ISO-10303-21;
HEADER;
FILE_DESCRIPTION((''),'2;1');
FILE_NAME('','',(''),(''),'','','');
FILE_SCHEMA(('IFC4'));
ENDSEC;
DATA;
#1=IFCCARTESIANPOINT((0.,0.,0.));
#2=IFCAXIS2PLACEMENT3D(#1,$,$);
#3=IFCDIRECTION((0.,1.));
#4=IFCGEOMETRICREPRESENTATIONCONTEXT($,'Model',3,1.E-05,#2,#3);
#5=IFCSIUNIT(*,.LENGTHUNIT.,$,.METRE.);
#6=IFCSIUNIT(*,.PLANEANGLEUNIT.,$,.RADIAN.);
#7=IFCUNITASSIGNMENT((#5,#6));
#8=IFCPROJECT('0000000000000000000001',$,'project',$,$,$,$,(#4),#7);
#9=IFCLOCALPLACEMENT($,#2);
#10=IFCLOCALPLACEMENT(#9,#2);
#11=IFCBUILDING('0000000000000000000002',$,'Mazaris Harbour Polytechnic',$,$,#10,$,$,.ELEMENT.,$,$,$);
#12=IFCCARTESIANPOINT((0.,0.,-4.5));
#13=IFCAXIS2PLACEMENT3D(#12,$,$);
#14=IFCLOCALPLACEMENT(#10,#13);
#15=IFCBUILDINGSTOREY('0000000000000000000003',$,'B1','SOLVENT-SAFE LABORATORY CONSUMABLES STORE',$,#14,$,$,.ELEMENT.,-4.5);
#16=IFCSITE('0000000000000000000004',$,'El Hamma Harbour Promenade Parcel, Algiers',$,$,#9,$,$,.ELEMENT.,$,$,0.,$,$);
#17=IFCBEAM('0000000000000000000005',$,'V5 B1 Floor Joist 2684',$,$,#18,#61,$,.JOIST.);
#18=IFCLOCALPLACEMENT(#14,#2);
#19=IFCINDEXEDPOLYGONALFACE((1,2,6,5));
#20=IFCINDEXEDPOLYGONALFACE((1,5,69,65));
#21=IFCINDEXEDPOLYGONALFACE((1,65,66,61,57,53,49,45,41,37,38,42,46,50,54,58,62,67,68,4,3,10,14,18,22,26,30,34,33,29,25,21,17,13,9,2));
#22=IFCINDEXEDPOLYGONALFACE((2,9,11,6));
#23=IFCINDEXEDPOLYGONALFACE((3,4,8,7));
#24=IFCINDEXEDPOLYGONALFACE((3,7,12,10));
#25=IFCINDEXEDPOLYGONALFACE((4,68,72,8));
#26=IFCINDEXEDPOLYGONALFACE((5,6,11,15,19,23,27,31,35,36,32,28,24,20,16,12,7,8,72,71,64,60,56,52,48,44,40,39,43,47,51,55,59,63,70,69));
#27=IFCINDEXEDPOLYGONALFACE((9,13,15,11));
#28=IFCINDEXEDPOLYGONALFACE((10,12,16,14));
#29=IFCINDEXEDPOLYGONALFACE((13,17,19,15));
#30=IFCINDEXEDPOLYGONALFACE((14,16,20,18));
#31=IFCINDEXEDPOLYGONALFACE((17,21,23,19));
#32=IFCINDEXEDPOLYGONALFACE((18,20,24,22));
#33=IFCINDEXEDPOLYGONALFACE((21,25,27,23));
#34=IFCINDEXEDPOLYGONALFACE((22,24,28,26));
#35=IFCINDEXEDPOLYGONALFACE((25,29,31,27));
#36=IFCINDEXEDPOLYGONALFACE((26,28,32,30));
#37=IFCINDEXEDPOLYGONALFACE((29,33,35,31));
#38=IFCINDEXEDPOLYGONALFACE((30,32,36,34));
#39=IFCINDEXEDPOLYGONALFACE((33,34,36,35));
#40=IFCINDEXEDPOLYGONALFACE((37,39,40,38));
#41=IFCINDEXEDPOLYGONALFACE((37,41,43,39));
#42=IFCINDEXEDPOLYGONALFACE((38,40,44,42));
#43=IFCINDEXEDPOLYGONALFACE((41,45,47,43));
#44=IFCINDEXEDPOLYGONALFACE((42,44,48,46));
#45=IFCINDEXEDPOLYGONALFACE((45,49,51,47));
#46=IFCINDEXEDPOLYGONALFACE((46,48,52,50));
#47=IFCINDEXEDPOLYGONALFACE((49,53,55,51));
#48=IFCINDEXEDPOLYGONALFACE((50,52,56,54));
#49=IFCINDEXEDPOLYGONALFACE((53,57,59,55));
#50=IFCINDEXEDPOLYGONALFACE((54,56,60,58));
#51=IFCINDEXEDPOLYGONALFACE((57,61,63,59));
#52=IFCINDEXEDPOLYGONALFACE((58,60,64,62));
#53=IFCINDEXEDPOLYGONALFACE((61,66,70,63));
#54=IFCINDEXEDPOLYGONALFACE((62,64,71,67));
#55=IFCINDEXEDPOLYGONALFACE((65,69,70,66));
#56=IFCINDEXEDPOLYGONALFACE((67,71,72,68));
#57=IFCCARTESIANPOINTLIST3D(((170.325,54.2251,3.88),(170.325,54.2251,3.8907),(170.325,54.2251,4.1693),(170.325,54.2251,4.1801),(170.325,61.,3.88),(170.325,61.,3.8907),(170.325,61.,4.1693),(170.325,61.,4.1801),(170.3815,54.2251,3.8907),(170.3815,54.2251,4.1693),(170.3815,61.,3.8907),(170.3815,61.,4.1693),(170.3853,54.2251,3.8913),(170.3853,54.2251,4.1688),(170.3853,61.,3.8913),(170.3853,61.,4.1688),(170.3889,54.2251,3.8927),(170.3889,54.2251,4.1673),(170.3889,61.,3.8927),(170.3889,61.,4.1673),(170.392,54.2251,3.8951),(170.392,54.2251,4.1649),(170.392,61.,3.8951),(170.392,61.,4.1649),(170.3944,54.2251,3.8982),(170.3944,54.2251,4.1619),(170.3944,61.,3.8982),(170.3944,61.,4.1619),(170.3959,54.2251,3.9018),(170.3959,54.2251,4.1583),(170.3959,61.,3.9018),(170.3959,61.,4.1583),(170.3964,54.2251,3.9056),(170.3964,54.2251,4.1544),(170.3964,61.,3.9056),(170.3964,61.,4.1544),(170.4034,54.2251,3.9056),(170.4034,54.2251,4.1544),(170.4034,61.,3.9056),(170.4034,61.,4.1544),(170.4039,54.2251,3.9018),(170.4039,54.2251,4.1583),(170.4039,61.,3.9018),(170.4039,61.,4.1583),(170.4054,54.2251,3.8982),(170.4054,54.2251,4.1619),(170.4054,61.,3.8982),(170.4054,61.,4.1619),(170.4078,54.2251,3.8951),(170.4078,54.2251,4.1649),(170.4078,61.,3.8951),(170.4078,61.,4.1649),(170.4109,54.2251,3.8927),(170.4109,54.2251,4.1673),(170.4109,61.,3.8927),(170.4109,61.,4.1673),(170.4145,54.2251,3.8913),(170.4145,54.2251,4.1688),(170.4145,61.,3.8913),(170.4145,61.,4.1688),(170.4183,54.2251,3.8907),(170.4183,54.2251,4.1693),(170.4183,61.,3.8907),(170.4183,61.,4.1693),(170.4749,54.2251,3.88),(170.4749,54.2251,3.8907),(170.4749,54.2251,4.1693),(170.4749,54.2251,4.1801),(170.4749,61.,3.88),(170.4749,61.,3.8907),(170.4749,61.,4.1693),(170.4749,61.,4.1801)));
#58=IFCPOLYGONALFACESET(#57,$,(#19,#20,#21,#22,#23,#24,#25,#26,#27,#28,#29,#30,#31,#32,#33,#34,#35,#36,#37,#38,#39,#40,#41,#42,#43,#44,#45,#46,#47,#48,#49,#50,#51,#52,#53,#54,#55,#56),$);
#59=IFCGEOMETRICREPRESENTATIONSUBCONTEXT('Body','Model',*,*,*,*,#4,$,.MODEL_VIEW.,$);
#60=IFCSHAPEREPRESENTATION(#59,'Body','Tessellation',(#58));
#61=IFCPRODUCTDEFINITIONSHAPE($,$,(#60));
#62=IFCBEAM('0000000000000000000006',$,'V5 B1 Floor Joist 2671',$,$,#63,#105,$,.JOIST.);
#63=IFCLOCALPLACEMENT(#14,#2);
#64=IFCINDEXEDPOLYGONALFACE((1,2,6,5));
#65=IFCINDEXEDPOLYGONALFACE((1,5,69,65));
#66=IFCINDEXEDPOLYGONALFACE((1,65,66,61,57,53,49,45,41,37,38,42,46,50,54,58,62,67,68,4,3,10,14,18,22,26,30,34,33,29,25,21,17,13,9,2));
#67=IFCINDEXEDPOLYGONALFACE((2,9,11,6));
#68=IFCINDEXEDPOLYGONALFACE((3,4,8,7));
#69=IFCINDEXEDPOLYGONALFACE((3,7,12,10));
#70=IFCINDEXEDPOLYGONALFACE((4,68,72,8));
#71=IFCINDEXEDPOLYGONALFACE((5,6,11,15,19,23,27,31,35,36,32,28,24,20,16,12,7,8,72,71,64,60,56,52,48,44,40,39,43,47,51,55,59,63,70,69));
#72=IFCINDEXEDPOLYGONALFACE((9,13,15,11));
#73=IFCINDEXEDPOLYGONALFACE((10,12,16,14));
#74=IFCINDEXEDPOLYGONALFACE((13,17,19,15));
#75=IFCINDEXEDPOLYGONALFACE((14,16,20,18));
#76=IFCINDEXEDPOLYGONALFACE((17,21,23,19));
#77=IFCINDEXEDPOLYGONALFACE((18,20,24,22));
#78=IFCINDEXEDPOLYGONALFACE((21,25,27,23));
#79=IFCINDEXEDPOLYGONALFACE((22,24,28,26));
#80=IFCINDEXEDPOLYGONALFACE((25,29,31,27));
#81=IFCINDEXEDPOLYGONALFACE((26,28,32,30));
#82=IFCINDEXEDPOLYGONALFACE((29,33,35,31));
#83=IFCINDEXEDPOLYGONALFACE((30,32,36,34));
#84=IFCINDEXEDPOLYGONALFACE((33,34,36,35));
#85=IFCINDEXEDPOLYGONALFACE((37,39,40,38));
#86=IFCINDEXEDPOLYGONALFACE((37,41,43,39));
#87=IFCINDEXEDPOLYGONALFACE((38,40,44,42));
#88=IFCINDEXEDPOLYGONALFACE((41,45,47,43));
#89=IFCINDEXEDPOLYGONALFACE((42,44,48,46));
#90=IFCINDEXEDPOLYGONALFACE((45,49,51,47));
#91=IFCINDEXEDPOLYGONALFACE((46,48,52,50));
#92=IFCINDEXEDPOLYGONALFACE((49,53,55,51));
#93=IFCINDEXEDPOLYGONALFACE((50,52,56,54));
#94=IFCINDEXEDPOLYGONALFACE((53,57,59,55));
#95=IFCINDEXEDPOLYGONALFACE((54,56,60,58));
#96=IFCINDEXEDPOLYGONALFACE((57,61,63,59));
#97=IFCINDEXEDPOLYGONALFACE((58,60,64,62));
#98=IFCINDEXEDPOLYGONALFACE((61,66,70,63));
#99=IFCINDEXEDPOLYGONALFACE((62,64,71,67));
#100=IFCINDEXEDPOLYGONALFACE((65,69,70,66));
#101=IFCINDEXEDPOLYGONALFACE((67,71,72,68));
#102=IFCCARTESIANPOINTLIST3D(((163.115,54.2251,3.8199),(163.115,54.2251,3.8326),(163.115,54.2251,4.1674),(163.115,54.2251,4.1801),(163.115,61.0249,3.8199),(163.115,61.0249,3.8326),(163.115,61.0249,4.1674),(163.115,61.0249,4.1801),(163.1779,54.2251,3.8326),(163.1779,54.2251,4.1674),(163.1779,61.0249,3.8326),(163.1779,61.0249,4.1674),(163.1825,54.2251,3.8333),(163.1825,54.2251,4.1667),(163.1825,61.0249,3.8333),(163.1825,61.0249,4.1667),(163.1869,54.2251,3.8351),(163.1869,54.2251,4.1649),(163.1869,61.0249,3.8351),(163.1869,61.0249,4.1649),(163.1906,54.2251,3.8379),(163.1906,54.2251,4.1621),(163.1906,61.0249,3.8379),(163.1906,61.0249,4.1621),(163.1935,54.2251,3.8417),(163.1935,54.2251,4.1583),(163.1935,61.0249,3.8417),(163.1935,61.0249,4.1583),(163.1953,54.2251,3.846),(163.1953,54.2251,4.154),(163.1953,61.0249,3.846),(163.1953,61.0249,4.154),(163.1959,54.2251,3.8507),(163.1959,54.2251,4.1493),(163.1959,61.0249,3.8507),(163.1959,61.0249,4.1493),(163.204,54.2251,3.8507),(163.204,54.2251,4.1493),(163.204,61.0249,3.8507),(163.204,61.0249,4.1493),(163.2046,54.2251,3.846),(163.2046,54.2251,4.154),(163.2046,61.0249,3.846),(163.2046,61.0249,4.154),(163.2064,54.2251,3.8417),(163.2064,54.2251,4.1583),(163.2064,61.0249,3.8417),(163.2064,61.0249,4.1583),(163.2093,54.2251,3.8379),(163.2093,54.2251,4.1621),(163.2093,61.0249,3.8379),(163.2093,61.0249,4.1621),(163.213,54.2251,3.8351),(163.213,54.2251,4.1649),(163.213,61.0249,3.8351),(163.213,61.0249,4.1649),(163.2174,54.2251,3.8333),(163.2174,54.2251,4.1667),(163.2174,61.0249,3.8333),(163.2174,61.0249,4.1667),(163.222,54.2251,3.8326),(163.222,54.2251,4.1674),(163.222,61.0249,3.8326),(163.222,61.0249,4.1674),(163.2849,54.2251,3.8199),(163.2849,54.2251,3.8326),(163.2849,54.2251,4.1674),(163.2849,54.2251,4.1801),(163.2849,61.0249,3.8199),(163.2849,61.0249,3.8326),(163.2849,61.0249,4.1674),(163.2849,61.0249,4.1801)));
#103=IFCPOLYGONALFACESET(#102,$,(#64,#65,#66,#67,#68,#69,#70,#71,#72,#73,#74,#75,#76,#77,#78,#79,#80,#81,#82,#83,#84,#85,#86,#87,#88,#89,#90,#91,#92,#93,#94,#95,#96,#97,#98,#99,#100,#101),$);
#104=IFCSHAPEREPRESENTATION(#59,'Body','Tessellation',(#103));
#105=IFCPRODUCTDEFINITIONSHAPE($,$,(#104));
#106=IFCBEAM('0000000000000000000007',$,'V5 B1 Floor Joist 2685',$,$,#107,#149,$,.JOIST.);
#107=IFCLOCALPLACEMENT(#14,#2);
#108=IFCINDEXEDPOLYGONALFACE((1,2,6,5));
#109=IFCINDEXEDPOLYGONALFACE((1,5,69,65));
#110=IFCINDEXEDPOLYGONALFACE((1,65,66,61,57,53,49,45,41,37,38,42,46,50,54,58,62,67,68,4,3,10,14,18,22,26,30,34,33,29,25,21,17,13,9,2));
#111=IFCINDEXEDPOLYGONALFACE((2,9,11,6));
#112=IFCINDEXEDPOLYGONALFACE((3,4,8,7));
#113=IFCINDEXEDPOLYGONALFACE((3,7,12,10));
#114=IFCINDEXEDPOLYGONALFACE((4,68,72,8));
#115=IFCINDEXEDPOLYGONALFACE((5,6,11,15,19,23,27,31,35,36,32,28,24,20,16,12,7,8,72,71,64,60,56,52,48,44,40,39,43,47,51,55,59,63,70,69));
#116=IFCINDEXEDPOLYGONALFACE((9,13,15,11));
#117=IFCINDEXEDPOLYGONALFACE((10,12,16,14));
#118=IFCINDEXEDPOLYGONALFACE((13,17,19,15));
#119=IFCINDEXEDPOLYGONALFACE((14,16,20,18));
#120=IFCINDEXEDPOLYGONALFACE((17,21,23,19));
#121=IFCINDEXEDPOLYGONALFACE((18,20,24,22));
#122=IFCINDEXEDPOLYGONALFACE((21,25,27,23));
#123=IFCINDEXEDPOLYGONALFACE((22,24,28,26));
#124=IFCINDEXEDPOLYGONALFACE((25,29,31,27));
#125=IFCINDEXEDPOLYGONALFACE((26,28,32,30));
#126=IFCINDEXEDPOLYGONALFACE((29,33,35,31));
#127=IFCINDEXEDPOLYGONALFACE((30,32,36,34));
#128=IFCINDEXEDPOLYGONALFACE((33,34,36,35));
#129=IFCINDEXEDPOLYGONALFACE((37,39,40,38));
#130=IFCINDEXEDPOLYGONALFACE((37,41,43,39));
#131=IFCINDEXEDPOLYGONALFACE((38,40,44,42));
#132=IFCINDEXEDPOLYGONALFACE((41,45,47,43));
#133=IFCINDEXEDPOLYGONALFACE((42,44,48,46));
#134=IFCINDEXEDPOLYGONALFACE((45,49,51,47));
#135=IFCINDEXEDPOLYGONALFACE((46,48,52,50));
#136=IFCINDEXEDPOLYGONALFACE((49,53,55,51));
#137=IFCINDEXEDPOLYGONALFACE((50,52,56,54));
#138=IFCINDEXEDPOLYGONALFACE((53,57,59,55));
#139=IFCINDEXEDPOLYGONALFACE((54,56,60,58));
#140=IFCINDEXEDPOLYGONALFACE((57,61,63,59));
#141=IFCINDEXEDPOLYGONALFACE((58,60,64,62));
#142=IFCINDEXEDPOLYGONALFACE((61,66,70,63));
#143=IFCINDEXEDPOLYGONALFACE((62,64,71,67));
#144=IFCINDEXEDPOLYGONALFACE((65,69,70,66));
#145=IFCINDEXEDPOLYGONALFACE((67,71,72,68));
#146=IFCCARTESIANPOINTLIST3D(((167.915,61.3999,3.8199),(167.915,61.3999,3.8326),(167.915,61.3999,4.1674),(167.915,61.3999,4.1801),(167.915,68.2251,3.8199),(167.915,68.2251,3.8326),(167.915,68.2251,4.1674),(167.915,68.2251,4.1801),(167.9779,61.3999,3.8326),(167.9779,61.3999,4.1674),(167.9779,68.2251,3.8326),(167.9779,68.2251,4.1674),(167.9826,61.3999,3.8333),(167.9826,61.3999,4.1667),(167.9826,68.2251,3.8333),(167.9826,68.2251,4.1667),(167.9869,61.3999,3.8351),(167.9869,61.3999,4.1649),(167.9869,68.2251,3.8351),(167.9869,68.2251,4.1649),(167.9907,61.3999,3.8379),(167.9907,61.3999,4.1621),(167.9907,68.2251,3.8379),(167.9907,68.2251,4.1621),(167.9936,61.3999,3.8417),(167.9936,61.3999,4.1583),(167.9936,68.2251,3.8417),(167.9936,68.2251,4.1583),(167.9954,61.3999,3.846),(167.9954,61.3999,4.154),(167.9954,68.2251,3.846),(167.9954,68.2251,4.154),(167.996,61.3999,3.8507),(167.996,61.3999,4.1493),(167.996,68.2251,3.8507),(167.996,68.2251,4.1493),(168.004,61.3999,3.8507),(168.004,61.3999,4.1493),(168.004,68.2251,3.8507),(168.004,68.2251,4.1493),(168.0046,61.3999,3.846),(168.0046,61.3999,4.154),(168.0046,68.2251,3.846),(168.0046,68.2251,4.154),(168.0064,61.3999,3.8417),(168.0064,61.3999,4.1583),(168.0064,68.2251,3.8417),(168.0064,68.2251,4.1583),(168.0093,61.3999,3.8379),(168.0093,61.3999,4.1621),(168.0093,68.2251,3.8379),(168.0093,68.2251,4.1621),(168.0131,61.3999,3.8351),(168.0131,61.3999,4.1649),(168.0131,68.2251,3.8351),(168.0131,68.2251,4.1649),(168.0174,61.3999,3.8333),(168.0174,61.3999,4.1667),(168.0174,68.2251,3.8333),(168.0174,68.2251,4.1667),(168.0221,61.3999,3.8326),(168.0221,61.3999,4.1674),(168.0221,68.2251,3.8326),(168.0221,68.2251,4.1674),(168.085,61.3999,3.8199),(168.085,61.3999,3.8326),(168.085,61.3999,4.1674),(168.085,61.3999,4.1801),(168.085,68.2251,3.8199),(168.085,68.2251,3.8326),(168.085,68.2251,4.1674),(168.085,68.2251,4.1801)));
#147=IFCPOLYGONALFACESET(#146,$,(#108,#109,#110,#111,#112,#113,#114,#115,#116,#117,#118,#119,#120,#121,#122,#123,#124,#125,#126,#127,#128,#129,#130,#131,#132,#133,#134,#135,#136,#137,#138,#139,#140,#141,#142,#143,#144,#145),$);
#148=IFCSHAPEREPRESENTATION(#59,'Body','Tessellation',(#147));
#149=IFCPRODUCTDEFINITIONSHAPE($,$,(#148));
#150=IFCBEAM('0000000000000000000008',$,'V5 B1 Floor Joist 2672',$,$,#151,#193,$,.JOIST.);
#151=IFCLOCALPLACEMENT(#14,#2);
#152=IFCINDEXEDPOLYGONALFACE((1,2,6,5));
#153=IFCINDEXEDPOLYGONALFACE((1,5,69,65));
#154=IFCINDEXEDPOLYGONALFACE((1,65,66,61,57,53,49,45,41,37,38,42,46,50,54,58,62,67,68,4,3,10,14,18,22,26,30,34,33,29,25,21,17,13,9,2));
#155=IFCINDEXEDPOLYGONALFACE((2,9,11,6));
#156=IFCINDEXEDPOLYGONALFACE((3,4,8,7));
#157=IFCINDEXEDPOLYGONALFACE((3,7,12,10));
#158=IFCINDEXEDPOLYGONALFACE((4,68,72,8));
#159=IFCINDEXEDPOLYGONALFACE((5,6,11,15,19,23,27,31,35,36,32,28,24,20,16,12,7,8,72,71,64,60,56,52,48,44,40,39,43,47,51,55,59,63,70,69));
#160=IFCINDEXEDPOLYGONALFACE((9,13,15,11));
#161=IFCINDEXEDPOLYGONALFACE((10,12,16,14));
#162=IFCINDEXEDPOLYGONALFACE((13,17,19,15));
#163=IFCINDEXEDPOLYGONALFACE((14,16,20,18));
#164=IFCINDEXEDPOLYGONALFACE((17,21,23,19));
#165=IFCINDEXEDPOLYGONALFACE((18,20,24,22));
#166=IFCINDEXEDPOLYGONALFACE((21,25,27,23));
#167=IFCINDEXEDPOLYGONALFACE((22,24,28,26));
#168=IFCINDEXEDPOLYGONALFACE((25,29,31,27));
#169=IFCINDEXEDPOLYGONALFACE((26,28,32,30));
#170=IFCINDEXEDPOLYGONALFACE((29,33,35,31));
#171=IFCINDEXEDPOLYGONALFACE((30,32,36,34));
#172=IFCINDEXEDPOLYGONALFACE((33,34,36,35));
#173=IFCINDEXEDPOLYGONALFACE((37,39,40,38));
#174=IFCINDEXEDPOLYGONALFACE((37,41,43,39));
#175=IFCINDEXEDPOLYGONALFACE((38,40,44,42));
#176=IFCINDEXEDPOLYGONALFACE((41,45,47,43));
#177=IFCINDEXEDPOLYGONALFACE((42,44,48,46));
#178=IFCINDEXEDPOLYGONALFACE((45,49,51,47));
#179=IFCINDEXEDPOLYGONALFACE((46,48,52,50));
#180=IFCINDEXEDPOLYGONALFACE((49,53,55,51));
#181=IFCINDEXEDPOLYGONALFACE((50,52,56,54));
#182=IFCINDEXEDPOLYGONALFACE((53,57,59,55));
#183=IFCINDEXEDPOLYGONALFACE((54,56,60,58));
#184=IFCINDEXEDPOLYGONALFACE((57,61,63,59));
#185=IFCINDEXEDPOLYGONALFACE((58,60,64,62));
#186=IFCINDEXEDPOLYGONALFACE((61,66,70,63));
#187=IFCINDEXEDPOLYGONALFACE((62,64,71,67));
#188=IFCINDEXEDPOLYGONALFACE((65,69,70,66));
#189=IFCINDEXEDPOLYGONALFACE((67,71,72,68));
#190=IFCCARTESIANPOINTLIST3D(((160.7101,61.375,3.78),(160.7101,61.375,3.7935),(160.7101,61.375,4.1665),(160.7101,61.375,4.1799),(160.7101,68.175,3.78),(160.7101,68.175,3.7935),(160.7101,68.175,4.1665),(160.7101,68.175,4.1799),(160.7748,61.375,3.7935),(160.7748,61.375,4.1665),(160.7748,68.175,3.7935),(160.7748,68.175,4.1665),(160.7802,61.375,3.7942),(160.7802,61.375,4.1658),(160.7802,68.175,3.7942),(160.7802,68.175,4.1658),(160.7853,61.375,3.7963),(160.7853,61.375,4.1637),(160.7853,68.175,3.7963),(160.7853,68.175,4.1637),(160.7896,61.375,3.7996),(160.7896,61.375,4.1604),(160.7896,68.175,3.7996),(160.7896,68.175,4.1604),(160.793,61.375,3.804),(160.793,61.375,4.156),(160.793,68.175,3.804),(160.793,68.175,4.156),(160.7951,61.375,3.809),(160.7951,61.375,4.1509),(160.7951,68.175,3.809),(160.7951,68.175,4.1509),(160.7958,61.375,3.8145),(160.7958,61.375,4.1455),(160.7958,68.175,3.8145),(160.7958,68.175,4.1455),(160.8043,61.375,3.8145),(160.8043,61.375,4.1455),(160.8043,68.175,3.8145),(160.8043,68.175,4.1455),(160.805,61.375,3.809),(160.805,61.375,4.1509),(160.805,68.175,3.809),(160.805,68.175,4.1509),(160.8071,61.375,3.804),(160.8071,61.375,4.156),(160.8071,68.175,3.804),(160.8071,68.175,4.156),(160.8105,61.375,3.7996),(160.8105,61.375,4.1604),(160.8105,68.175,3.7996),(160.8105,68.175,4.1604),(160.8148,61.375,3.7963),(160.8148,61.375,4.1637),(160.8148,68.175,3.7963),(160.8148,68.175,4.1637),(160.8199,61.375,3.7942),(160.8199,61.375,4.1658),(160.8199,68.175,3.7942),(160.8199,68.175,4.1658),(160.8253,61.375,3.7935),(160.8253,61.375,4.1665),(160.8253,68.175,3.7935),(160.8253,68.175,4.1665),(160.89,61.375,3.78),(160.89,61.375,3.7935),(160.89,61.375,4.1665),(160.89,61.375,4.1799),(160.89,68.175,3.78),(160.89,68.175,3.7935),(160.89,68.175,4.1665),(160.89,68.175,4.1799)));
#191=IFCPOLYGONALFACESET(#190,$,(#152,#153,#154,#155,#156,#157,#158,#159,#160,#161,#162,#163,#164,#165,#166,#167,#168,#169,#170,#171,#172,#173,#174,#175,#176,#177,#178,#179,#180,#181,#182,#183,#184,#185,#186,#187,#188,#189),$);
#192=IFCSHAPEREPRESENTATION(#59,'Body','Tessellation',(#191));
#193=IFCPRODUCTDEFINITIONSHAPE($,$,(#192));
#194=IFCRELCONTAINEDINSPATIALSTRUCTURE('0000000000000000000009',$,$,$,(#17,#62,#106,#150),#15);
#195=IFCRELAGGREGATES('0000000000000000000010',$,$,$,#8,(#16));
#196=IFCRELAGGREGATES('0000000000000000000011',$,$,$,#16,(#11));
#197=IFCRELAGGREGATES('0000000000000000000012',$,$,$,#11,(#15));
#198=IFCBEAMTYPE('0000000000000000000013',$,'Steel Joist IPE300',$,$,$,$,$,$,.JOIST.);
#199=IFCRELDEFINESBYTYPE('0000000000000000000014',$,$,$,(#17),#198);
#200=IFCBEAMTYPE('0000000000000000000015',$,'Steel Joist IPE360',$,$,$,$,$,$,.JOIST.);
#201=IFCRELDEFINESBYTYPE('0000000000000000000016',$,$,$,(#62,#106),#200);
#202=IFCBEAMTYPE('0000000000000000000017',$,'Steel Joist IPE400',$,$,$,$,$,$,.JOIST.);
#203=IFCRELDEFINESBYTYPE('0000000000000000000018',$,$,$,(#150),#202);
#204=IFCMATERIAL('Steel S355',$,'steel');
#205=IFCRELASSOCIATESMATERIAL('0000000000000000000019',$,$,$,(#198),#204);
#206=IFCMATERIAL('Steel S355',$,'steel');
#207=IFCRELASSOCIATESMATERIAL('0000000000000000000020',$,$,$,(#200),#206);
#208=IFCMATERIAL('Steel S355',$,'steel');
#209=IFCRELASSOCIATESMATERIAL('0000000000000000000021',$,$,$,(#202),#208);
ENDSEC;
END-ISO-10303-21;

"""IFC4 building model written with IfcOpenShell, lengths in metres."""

from ifc_helpers import new_model, si_unit, direction, frame, origin, origin_2d, place, context, subcontext, project, spatial, i_section, extrude, material, material_profile, profile_set, type_object, element, save


model = new_model("IFC4")

# Units and contexts
model_context = context("Model", 3, precision=1e-05, world=origin(), true_north=direction((0.0, 1.0)))
body_context = subcontext(model_context, "Body", "Model", "MODEL_VIEW")
ifc_project = project(units=[si_unit("LENGTHUNIT", "METRE"), si_unit("PLANEANGLEUNIT", "RADIAN")], contexts=[model_context])

# Site, building, storey
site_placement = place(None, origin())
site = spatial("IfcSite", under=ifc_project, at=site_placement, Name="El Hamma Harbour Promenade Parcel, Algiers", CompositionType="ELEMENT", RefElevation=0.0)
building_placement = place(site_placement, origin())
building = spatial("IfcBuilding", under=site, at=building_placement, Name="Mazaris Harbour Polytechnic", CompositionType="ELEMENT")
storey_placement = place(building_placement, frame((0.0, 0.0, -4.5)))
storey = spatial("IfcBuildingStorey", under=building, at=storey_placement, Name="B1", Description="SOLVENT-SAFE LABORATORY CONSUMABLES STORE", CompositionType="ELEMENT", Elevation=-4.5)

# Beams
ifc_material_1 = material(Name="Steel S355", Category="steel")
ifc_material_profile_1 = material_profile(ifc_material_1, i_section(OverallWidth=0.1499, OverallDepth=0.3, WebThickness=0.0071, FlangeThickness=0.0107, FilletRadius=0.0149, at=origin_2d()), Name="IPE 300")
ifc_profile_set_1 = profile_set([ifc_material_profile_1], Name="Steel S355")
beam_type_1 = type_object("IfcBeamType", Name="Steel Joist IPE300", PredefinedType="JOIST", material=ifc_profile_set_1)
beam_1_placement = place(storey_placement, frame((170.3999, 54.2251, 4.03), z_axis=(0.0, 1.0, 0.0), x_axis=(-1.0, 0.0, 0.0)))
element("IfcBeam", 1, at=beam_1_placement, inside=storey, type_object=beam_type_1, Name="V5 B1 Floor Joist 2684", PredefinedType="JOIST", context=body_context, shape_type="SweptSolid", body=[
    extrude(i_section(OverallWidth=0.1499, OverallDepth=0.3, WebThickness=0.0071, FlangeThickness=0.0107, FilletRadius=0.0149, at=origin_2d()), origin(), (0.0, 0.0, 1.0), 6.7749),
])
ifc_material_2 = material(Name="Steel S355", Category="steel")
ifc_material_profile_2 = material_profile(ifc_material_2, i_section(OverallWidth=0.1699, OverallDepth=0.3601, WebThickness=0.0081, FlangeThickness=0.0127, FilletRadius=0.0181, at=origin_2d()), Name="IPE 360")
ifc_profile_set_2 = profile_set([ifc_material_profile_2], Name="Steel S355")
beam_type_2 = type_object("IfcBeamType", Name="Steel Joist IPE360", PredefinedType="JOIST", material=ifc_profile_set_2)
beam_2_placement = place(storey_placement, frame((163.2, 54.2251, 4.0), z_axis=(0.0, 1.0, 0.0), x_axis=(-1.0, 0.0, 0.0)))
element("IfcBeam", 2, at=beam_2_placement, inside=storey, type_object=beam_type_2, Name="V5 B1 Floor Joist 2671", PredefinedType="JOIST", context=body_context, shape_type="SweptSolid", body=[
    extrude(i_section(OverallWidth=0.1699, OverallDepth=0.3601, WebThickness=0.0081, FlangeThickness=0.0127, FilletRadius=0.0181, at=origin_2d()), origin(), (0.0, 0.0, 1.0), 6.7998),
])
beam_3_placement = place(storey_placement, frame((168.0, 61.3999, 4.0), z_axis=(0.0, 1.0, 0.0), x_axis=(-1.0, 0.0, 0.0)))
element("IfcBeam", 3, at=beam_3_placement, inside=storey, type_object=beam_type_2, Name="V5 B1 Floor Joist 2685", PredefinedType="JOIST", context=body_context, shape_type="SweptSolid", body=[
    extrude(i_section(OverallWidth=0.1699, OverallDepth=0.3601, WebThickness=0.0081, FlangeThickness=0.0127, FilletRadius=0.0181, at=origin_2d()), origin(), (0.0, 0.0, 1.0), 6.8252),
])
ifc_material_3 = material(Name="Steel S355", Category="steel")
ifc_material_profile_3 = material_profile(ifc_material_3, i_section(OverallWidth=0.1799, OverallDepth=0.3999, WebThickness=0.0085, FlangeThickness=0.0134, FilletRadius=0.021, at=origin_2d()), Name="IPE 400")
ifc_profile_set_3 = profile_set([ifc_material_profile_3], Name="Steel S355")
beam_type_3 = type_object("IfcBeamType", Name="Steel Joist IPE400", PredefinedType="JOIST", material=ifc_profile_set_3)
beam_4_placement = place(storey_placement, frame((160.8, 61.375, 3.98), z_axis=(0.0, 1.0, 0.0), x_axis=(-1.0, 0.0, 0.0)))
element("IfcBeam", 4, at=beam_4_placement, inside=storey, type_object=beam_type_3, Name="V5 B1 Floor Joist 2672", PredefinedType="JOIST", context=body_context, shape_type="SweptSolid", body=[
    extrude(i_section(OverallWidth=0.1799, OverallDepth=0.3999, WebThickness=0.0085, FlangeThickness=0.0134, FilletRadius=0.021, at=origin_2d()), origin(), (0.0, 0.0, 1.0), 6.8),
])

save(model, "model.ifc")
